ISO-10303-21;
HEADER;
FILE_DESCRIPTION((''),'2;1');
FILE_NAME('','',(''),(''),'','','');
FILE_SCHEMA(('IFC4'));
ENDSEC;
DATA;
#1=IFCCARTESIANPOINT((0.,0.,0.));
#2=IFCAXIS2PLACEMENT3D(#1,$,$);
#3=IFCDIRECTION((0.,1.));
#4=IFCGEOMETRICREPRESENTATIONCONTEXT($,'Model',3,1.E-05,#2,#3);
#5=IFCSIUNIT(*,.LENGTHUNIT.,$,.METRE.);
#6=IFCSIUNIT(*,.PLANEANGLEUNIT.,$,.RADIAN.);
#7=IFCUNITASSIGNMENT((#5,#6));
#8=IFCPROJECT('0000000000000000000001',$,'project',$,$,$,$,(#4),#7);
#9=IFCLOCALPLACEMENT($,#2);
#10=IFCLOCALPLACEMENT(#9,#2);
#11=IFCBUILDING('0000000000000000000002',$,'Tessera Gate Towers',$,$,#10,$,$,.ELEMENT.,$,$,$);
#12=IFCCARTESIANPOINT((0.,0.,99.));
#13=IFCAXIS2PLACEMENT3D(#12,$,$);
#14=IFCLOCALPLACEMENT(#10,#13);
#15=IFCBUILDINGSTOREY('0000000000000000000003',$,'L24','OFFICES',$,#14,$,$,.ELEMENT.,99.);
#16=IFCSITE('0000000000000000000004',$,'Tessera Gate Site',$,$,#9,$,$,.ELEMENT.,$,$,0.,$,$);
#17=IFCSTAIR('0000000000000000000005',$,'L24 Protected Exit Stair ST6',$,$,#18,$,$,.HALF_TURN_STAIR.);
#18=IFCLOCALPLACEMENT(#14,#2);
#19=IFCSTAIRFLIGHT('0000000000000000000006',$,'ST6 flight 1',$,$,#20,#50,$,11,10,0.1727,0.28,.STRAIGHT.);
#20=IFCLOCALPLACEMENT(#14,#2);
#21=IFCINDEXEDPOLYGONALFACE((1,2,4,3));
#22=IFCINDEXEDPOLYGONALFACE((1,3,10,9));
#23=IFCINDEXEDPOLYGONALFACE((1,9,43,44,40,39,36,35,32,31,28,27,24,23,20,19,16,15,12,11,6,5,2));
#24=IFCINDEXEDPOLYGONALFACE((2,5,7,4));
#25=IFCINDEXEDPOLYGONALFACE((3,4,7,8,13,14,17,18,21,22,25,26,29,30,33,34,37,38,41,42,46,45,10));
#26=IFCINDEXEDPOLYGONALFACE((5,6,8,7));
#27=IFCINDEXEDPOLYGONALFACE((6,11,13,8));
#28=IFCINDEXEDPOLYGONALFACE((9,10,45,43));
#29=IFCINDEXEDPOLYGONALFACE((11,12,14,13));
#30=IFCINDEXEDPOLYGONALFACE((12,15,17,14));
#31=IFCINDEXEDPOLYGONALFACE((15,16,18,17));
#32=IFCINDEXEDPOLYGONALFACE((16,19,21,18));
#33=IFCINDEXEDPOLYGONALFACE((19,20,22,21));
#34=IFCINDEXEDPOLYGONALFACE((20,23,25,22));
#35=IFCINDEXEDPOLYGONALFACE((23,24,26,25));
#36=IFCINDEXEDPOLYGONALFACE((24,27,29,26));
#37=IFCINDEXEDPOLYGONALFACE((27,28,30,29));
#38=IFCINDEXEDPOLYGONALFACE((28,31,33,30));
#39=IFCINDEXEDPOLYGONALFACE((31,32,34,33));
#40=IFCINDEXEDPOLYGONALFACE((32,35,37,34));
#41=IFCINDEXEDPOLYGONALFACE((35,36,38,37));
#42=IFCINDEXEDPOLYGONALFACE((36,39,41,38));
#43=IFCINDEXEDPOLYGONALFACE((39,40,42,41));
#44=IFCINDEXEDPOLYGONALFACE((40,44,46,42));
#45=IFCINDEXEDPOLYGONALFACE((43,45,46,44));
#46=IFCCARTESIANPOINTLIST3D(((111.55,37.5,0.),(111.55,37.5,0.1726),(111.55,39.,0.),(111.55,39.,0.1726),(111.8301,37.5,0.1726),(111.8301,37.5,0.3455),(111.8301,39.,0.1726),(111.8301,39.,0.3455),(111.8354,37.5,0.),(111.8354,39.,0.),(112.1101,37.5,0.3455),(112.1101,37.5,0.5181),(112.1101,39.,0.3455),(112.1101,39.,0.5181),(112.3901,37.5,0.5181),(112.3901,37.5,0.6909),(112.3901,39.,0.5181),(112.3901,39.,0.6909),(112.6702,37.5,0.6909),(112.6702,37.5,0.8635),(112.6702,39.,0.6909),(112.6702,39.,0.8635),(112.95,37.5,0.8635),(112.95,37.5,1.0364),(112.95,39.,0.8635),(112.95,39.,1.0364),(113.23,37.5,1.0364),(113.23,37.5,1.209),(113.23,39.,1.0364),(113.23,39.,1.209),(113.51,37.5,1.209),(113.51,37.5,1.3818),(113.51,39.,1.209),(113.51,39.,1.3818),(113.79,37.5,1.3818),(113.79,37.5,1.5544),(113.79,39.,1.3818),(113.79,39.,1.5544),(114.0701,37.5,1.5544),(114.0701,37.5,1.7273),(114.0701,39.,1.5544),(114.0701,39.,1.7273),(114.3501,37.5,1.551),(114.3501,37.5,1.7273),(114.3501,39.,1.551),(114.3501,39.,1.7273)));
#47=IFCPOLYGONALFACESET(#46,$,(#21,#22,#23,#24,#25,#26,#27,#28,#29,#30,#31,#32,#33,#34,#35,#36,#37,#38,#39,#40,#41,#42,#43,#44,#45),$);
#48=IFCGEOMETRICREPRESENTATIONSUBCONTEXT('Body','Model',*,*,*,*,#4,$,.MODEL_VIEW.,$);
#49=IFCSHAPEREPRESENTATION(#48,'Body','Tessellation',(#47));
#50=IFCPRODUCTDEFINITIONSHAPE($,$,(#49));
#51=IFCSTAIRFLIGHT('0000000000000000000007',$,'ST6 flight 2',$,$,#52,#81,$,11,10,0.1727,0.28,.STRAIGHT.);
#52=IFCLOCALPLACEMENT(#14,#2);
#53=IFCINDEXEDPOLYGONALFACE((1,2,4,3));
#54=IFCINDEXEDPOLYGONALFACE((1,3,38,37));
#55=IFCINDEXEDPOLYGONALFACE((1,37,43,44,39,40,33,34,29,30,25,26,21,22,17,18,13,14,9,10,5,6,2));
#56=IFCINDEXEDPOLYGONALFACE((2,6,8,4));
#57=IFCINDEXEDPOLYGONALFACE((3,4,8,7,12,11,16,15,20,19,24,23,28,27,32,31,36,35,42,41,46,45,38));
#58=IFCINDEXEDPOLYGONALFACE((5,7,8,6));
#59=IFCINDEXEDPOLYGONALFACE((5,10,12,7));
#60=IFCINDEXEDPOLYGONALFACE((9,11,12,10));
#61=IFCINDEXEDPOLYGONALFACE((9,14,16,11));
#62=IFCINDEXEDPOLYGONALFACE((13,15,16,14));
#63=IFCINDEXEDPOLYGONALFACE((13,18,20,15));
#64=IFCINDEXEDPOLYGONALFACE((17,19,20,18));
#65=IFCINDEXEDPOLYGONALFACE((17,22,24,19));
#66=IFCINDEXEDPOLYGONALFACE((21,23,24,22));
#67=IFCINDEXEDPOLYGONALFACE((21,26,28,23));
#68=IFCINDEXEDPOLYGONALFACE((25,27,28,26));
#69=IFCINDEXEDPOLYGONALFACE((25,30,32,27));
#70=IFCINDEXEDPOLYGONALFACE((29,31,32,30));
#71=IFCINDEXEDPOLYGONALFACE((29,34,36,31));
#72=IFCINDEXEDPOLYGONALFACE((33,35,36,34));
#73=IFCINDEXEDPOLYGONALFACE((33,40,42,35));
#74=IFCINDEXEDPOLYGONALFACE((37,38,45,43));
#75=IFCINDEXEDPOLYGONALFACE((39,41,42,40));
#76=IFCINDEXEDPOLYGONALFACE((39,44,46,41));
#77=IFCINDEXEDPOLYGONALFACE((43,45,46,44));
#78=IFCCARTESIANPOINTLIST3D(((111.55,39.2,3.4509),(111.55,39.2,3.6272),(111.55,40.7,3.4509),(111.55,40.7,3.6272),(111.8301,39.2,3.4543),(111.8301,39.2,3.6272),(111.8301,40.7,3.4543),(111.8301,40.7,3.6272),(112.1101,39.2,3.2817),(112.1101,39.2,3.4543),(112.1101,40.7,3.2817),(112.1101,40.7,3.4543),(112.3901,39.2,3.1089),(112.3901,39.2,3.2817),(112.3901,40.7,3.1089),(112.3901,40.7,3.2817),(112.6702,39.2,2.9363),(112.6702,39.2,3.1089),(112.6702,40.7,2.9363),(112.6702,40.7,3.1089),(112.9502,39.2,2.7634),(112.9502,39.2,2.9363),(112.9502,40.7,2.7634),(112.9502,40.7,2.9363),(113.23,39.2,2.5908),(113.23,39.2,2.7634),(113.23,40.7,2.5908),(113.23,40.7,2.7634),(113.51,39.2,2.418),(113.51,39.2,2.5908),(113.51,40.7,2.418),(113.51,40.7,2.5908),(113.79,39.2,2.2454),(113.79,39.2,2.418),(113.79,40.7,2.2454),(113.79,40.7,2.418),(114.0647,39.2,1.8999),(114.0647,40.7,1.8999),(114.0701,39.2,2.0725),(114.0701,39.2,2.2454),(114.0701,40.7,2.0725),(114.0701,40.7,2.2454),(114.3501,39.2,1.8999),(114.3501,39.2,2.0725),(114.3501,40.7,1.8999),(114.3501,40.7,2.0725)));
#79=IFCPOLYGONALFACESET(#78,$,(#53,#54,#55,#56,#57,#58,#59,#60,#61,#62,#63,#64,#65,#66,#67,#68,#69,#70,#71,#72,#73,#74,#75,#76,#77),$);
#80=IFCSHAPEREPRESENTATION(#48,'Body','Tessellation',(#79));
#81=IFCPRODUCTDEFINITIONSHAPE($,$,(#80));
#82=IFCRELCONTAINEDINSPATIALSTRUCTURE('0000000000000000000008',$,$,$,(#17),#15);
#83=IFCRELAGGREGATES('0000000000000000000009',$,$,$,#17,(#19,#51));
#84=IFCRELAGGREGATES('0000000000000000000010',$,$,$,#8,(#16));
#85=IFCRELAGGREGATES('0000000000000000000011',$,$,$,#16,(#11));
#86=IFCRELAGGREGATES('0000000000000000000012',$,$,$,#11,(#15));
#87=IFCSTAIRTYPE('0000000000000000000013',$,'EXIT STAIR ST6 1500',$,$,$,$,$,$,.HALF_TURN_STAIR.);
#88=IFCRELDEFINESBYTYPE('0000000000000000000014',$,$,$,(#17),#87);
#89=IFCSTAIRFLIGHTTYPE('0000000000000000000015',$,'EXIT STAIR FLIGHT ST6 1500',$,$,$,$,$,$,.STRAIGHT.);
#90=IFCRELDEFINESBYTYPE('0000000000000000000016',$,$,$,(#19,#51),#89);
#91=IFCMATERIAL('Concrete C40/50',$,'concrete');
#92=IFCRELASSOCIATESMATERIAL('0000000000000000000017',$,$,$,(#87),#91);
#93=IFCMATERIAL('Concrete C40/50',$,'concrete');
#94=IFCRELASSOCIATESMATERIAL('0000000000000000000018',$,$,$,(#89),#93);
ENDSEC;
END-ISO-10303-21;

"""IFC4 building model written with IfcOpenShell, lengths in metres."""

from ifc_helpers import new_model, si_unit, direction, frame, origin, place, context, subcontext, project, spatial, polyline, outline, extrude, material, type_object, element, aggregate, save


model = new_model("IFC4")

# Units and contexts
model_context = context("Model", 3, precision=1e-05, world=origin(), true_north=direction((0.0, 1.0)))
body_context = subcontext(model_context, "Body", "Model", "MODEL_VIEW")
ifc_project = project(units=[si_unit("LENGTHUNIT", "METRE"), si_unit("PLANEANGLEUNIT", "RADIAN")], contexts=[model_context])

# Site, building, storey
site_placement = place(None, origin())
site = spatial("IfcSite", under=ifc_project, at=site_placement, Name="Tessera Gate Site", CompositionType="ELEMENT", RefElevation=0.0)
building_placement = place(site_placement, origin())
building = spatial("IfcBuilding", under=site, at=building_placement, Name="Tessera Gate Towers", CompositionType="ELEMENT")
storey_placement = place(building_placement, frame((0.0, 0.0, 99.0)))
storey = spatial("IfcBuildingStorey", under=building, at=storey_placement, Name="L24", Description="OFFICES", CompositionType="ELEMENT", Elevation=99.0)

# Stair, stair flights
ifc_material_1 = material(Name="Concrete C40/50", Category="concrete")
stair_type = type_object("IfcStairType", Name="EXIT STAIR ST6 1500", PredefinedType="HALF_TURN_STAIR", material=ifc_material_1)
stair_placement = place(storey_placement, origin())
stair = element("IfcStair", 1, at=stair_placement, inside=storey, type_object=stair_type, Name="L24 Protected Exit Stair ST6", PredefinedType="HALF_TURN_STAIR")
ifc_material_2 = material(Name="Concrete C40/50", Category="concrete")
stair_flight_type = type_object("IfcStairFlightType", Name="EXIT STAIR FLIGHT ST6 1500", PredefinedType="STRAIGHT", material=ifc_material_2)
stair_flight_1_placement = place(storey_placement, frame((111.55, 38.25, 0.0), z_axis=(0.0, 0.0, 1.0), x_axis=(1.0, 0.0, 0.0)))
stair_flight_1 = element("IfcStairFlight", 2, at=stair_flight_1_placement, type_object=stair_flight_type, Name="ST6 flight 1", NumberOfRisers=11, NumberOfTreads=10, PredefinedType="STRAIGHT", RiserHeight=0.1727, TreadLength=0.28, context=body_context, shape_type="SweptSolid", body=[
    extrude(outline(polyline([(0.0, 0.0), (0.0, 0.1726), (0.28, 0.1726), (0.28, 0.3455), (0.5601, 0.3455), (0.5601, 0.5181), (0.8401, 0.5181), (0.8401, 0.6909), (1.1201, 0.6909), (1.1201, 0.8635), (1.3999, 0.8635), (1.3999, 1.0364), (1.6799, 1.0364), (1.6799, 1.209), (1.96, 1.209), (1.96, 1.3818), (2.24, 1.3818), (2.24, 1.5544), (2.52, 1.5544), (2.52, 1.7273), (2.8, 1.7273), (2.8, 1.8999), (2.8, 1.551), (0.2854, 0.0), (0.0, 0.0)])), frame((0.0, 0.75, 0.0), z_axis=(0.0, -1.0, 0.0), x_axis=(1.0, 0.0, 0.0)), (0.0, 0.0, 1.0), 1.5),
])
stair_flight_2_placement = place(storey_placement, frame((114.3501, 39.95, 1.8999), z_axis=(0.0, 0.0, 1.0), x_axis=(-1.0, 0.0, 0.0)))
stair_flight_2 = element("IfcStairFlight", 3, at=stair_flight_2_placement, type_object=stair_flight_type, Name="ST6 flight 2", NumberOfRisers=11, NumberOfTreads=10, PredefinedType="STRAIGHT", RiserHeight=0.1727, TreadLength=0.28, context=body_context, shape_type="SweptSolid", body=[
    extrude(outline(polyline([(0.0, 0.0), (0.0, 0.1726), (0.28, 0.1726), (0.28, 0.3455), (0.5601, 0.3455), (0.5601, 0.5181), (0.8401, 0.5181), (0.8401, 0.6909), (1.1201, 0.6909), (1.1201, 0.8635), (1.3999, 0.8635), (1.3999, 1.0364), (1.6799, 1.0364), (1.6799, 1.209), (1.96, 1.209), (1.96, 1.3818), (2.24, 1.3818), (2.24, 1.5544), (2.52, 1.5544), (2.52, 1.7273), (2.8, 1.7273), (2.8, 1.8999), (2.8, 1.551), (0.2854, 0.0), (0.0, 0.0)])), frame((0.0, 0.75, 0.0), z_axis=(0.0, -1.0, 0.0), x_axis=(1.0, 0.0, 0.0)), (0.0, 0.0, 1.0), 1.5),
])
aggregate(stair, [stair_flight_1, stair_flight_2])

save(model, "model.ifc")
